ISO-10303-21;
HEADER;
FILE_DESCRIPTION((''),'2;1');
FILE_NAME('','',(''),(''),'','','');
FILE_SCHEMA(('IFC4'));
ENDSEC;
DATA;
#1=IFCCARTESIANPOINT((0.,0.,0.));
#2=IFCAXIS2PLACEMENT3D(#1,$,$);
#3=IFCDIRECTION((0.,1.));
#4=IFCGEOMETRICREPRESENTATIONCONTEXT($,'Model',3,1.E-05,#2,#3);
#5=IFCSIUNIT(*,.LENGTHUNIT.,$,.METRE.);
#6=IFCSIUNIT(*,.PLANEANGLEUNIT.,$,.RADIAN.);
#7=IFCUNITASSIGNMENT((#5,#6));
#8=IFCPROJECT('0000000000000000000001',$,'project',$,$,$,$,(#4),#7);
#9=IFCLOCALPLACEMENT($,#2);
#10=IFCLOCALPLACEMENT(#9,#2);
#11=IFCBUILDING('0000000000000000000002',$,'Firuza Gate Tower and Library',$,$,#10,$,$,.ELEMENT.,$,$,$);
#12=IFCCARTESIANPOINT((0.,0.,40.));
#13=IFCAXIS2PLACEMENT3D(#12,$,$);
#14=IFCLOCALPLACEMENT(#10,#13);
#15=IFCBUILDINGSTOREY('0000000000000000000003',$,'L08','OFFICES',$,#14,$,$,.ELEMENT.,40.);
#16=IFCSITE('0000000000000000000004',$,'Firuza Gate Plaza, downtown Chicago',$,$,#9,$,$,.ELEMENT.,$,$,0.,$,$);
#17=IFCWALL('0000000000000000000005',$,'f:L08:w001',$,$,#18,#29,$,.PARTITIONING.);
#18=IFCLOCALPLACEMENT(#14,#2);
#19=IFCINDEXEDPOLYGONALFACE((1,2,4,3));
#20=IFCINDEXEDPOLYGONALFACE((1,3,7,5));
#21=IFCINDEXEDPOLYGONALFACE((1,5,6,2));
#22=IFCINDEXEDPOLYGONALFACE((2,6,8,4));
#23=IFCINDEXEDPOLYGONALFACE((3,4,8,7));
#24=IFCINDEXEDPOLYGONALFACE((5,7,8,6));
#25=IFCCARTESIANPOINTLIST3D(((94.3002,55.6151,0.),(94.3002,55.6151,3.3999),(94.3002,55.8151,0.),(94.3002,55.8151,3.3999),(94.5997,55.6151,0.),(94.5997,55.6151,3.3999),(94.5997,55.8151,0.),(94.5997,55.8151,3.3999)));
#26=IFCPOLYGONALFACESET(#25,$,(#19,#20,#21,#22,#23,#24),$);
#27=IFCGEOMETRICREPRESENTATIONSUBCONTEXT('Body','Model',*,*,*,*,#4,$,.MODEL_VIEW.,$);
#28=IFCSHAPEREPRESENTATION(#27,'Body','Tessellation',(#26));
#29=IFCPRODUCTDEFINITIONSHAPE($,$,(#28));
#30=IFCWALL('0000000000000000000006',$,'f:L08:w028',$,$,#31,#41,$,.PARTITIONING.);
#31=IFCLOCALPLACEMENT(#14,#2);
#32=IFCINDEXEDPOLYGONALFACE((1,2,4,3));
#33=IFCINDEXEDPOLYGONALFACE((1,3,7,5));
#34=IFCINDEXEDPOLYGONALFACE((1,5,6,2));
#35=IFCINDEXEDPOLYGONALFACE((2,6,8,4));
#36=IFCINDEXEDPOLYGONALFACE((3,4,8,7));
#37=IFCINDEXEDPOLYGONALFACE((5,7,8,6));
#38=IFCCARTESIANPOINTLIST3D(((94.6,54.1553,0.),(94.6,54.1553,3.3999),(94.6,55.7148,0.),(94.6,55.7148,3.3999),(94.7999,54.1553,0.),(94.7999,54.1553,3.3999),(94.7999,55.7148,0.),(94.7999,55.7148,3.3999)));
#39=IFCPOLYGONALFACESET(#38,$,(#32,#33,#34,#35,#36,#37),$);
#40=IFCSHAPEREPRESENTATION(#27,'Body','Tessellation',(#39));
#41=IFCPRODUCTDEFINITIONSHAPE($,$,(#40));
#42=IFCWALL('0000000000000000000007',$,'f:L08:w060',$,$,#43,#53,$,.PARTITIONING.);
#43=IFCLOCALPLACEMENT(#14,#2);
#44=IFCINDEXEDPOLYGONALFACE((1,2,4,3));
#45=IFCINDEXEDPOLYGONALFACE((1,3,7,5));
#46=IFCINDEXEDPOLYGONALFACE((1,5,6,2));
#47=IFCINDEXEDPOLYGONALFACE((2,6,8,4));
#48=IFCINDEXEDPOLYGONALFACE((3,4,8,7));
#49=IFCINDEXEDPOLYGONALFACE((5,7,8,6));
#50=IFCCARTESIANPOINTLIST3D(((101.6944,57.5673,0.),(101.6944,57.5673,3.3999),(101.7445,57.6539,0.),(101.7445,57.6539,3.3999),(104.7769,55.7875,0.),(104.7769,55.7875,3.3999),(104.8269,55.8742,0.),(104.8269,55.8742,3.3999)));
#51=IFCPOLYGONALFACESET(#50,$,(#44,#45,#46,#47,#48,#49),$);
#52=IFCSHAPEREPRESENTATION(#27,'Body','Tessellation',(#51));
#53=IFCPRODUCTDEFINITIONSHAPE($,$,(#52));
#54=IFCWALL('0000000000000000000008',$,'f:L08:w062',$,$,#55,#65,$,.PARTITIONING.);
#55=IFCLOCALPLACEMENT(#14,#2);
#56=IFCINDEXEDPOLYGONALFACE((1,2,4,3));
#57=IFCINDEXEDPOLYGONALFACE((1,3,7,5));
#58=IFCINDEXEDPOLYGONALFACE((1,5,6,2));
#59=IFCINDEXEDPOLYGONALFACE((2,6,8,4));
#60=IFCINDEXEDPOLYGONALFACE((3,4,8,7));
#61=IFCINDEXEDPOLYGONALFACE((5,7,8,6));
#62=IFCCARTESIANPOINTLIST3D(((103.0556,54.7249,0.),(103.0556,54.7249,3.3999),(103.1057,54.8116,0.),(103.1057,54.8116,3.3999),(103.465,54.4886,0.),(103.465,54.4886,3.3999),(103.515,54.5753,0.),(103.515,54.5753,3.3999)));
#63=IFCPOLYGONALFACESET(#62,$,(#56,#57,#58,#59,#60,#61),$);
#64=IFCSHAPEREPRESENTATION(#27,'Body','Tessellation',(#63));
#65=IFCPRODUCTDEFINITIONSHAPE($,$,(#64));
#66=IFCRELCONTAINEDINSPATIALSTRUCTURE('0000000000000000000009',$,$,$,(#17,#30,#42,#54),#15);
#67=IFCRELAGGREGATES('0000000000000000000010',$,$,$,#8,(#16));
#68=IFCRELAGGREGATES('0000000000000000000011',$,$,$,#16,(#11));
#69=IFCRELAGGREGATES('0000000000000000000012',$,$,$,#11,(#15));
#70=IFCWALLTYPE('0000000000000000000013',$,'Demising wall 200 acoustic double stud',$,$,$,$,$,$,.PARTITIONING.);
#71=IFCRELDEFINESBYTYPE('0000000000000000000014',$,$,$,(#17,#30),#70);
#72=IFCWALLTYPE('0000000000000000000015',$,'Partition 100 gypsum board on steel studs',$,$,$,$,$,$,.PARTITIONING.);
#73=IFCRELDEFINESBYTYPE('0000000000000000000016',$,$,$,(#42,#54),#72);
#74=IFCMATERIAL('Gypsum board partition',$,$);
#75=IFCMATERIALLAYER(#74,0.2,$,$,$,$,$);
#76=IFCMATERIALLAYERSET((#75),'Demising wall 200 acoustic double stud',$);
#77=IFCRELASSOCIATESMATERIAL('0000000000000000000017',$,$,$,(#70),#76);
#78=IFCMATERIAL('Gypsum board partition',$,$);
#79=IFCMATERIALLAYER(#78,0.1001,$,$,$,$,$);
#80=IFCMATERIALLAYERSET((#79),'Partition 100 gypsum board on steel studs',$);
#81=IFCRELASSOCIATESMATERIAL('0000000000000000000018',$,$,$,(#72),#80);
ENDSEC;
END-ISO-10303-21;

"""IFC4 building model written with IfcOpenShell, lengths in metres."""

from ifc_helpers import new_model, si_unit, direction, frame, frame_2d, origin, place, context, subcontext, project, spatial, rectangle, extrude, material, layer, layer_set, type_object, element, save


model = new_model("IFC4")

# Units and contexts
model_context = context("Model", 3, precision=1e-05, world=origin(), true_north=direction((0.0, 1.0)))
body_context = subcontext(model_context, "Body", "Model", "MODEL_VIEW")
ifc_project = project(units=[si_unit("LENGTHUNIT", "METRE"), si_unit("PLANEANGLEUNIT", "RADIAN")], contexts=[model_context])

# Site, building, storey
site_placement = place(None, origin())
site = spatial("IfcSite", under=ifc_project, at=site_placement, Name="Firuza Gate Plaza, downtown Chicago", CompositionType="ELEMENT", RefElevation=0.0)
building_placement = place(site_placement, origin())
building = spatial("IfcBuilding", under=site, at=building_placement, Name="Firuza Gate Tower and Library", CompositionType="ELEMENT")
storey_placement = place(building_placement, frame((0.0, 0.0, 40.0)))
storey = spatial("IfcBuildingStorey", under=building, at=storey_placement, Name="L08", Description="OFFICES", CompositionType="ELEMENT", Elevation=40.0)

# Walls
ifc_material_1 = material(Name="Gypsum board partition")
ifc_layer_1 = layer(ifc_material_1, 0.2)
ifc_layer_set_1 = layer_set([ifc_layer_1], Name="Demising wall 200 acoustic double stud")
wall_type_1 = type_object("IfcWallType", Name="Demising wall 200 acoustic double stud", PredefinedType="PARTITIONING", material=ifc_layer_set_1)
wall_1_placement = place(storey_placement, frame((94.3, 55.7151, 0.0), z_axis=(0.0, 0.0, 1.0), x_axis=(1.0, 0.0, 0.0)))
element("IfcWall", 1, at=wall_1_placement, inside=storey, type_object=wall_type_1, Name="f:L08:w001", PredefinedType="PARTITIONING", context=body_context, shape_type="SweptSolid", body=[
    extrude(rectangle(XDim=0.2996, YDim=0.2, at=frame_2d((0.1499, 0.0))), origin(), (0.0, 0.0, 1.0), 3.3999),
])
wall_2_placement = place(storey_placement, frame((94.7, 54.1553, 0.0), z_axis=(0.0, 0.0, 1.0), x_axis=(0.0, 1.0, 0.0)))
element("IfcWall", 2, at=wall_2_placement, inside=storey, type_object=wall_type_1, Name="f:L08:w028", PredefinedType="PARTITIONING", context=body_context, shape_type="SweptSolid", body=[
    extrude(rectangle(XDim=1.5596, YDim=0.2, at=frame_2d((0.7798, 0.0))), origin(), (0.0, 0.0, 1.0), 3.3999),
])
ifc_material_2 = material(Name="Gypsum board partition")
ifc_layer_2 = layer(ifc_material_2, 0.1001)
ifc_layer_set_2 = layer_set([ifc_layer_2], Name="Partition 100 gypsum board on steel studs")
wall_type_2 = type_object("IfcWallType", Name="Partition 100 gypsum board on steel studs", PredefinedType="PARTITIONING", material=ifc_layer_set_2)
wall_3_placement = place(storey_placement, frame((104.802, 55.8308, 0.0), z_axis=(0.0, 0.0, 1.0), x_axis=(-0.866014, 0.500019, 0.0)))
element("IfcWall", 3, at=wall_3_placement, inside=storey, type_object=wall_type_2, Name="f:L08:w060", PredefinedType="PARTITIONING", context=body_context, shape_type="SweptSolid", body=[
    extrude(rectangle(XDim=3.5593, YDim=0.1001, at=frame_2d((1.7798, 0.0))), origin(), (0.0, 0.0, 1.0), 3.3999),
])
wall_4_placement = place(storey_placement, frame((103.49, 54.532, 0.0), z_axis=(0.0, 0.0, 1.0), x_axis=(-0.866074, 0.499916, 0.0)))
element("IfcWall", 4, at=wall_4_placement, inside=storey, type_object=wall_type_2, Name="f:L08:w062", PredefinedType="PARTITIONING", context=body_context, shape_type="SweptSolid", body=[
    extrude(rectangle(XDim=0.4727, YDim=0.1001, at=frame_2d((0.2363, 0.0))), origin(), (0.0, 0.0, 1.0), 3.3999),
])

save(model, "model.ifc")
